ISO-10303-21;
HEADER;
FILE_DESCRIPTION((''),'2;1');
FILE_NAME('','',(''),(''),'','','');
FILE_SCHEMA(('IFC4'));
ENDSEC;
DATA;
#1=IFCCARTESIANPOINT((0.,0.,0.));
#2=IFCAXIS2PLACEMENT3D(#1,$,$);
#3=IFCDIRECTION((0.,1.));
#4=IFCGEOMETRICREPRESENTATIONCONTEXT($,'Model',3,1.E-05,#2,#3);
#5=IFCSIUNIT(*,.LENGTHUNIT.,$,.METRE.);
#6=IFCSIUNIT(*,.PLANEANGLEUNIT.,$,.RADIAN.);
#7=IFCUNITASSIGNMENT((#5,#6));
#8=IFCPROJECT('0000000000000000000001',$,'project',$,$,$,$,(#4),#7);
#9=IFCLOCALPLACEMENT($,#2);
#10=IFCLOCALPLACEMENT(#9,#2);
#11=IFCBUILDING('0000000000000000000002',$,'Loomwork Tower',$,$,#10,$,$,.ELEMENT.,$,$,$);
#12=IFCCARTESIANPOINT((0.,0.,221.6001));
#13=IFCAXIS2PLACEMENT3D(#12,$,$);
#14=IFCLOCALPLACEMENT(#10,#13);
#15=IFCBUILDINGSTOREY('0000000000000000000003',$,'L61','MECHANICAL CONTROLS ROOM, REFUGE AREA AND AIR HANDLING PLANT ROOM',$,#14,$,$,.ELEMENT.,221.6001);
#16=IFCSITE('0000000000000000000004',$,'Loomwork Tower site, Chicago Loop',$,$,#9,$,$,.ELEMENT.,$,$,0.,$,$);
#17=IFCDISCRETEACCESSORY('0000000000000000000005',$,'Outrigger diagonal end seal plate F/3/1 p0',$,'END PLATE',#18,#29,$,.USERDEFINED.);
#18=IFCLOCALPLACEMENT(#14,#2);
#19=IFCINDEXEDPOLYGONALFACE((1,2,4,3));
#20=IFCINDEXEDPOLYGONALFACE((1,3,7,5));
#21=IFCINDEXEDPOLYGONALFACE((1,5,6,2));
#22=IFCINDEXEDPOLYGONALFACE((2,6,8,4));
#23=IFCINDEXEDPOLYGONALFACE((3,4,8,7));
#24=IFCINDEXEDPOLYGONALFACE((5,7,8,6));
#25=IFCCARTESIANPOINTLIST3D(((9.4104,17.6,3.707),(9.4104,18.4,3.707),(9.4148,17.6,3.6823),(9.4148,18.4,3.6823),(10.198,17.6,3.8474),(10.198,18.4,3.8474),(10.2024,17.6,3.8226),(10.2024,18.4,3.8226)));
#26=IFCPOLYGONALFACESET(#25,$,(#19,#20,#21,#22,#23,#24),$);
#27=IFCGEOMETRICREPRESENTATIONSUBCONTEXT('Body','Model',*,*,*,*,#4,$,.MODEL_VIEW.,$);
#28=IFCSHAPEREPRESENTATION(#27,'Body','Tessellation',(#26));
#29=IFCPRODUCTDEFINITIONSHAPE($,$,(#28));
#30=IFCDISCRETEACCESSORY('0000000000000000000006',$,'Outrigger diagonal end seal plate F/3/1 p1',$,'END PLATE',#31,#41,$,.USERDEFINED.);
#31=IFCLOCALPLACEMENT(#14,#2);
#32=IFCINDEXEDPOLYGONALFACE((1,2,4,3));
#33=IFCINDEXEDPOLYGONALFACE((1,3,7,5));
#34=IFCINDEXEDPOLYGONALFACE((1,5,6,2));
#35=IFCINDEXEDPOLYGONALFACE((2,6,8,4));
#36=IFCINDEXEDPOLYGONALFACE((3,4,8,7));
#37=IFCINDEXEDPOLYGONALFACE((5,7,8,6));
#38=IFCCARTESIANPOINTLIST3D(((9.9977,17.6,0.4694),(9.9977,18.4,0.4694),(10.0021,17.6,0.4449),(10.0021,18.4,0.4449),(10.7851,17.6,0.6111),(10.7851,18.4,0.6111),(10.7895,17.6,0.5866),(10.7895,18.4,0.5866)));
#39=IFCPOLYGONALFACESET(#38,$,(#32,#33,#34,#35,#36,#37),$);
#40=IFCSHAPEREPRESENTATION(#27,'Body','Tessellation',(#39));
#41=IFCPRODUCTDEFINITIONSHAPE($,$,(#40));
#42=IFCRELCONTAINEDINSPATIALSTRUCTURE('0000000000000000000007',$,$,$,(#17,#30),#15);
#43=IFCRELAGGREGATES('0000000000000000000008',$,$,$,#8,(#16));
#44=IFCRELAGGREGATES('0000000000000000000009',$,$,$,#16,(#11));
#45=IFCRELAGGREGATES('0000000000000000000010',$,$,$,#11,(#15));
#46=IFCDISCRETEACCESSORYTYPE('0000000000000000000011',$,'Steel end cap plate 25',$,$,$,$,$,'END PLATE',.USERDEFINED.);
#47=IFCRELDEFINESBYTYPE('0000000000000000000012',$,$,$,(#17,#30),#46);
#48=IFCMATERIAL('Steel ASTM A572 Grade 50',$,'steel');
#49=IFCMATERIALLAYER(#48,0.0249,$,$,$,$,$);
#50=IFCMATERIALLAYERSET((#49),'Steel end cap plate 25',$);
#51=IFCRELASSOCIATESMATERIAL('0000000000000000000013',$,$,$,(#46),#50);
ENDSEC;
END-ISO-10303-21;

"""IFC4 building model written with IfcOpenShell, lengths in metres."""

from ifc_helpers import new_model, si_unit, direction, frame, origin, origin_2d, place, context, subcontext, project, spatial, rectangle, extrude, material, layer, layer_set, type_object, element, save


model = new_model("IFC4")

# Units and contexts
model_context = context("Model", 3, precision=1e-05, world=origin(), true_north=direction((0.0, 1.0)))
body_context = subcontext(model_context, "Body", "Model", "MODEL_VIEW")
ifc_project = project(units=[si_unit("LENGTHUNIT", "METRE"), si_unit("PLANEANGLEUNIT", "RADIAN")], contexts=[model_context])

# Site, building, storey
site_placement = place(None, origin())
site = spatial("IfcSite", under=ifc_project, at=site_placement, Name="Loomwork Tower site, Chicago Loop", CompositionType="ELEMENT", RefElevation=0.0)
building_placement = place(site_placement, origin())
building = spatial("IfcBuilding", under=site, at=building_placement, Name="Loomwork Tower", CompositionType="ELEMENT")
storey_placement = place(building_placement, frame((0.0, 0.0, 221.6001)))
storey = spatial("IfcBuildingStorey", under=building, at=storey_placement, Name="L61", Description="MECHANICAL CONTROLS ROOM, REFUGE AREA AND AIR HANDLING PLANT ROOM", CompositionType="ELEMENT", Elevation=221.6001)

# Discrete accessories
ifc_material_1 = material(Name="Steel ASTM A572 Grade 50", Category="steel")
ifc_layer_1 = layer(ifc_material_1, 0.0249)
ifc_layer_set_1 = layer_set([ifc_layer_1], Name="Steel end cap plate 25")
discrete_accessory_type_1 = type_object("IfcDiscreteAccessoryType", Name="Steel end cap plate 25", ElementType="END PLATE", PredefinedType="USERDEFINED", material=ifc_layer_set_1)
discrete_accessory_1_placement = place(storey_placement, frame((9.8086, 18.0, 3.7524), z_axis=(-0.175453, 0.0, 0.984488), x_axis=(0.0, -1.0, 0.0)))
element("IfcDiscreteAccessory", 1, at=discrete_accessory_1_placement, inside=storey, type_object=discrete_accessory_type_1, Name="Outrigger diagonal end seal plate F/3/1 p0", ObjectType="END PLATE", PredefinedType="USERDEFINED", context=body_context, shape_type="SweptSolid", body=[
    extrude(rectangle(XDim=0.8, YDim=0.8, at=origin_2d()), origin(), (0.0, 0.0, 1.0), 0.0251),
])
discrete_accessory_2_placement = place(storey_placement, frame((10.3914, 18.0, 0.5403), z_axis=(0.177153, 0.0, -0.984183), x_axis=(0.0, 1.0, 0.0)))
element("IfcDiscreteAccessory", 2, at=discrete_accessory_2_placement, inside=storey, type_object=discrete_accessory_type_1, Name="Outrigger diagonal end seal plate F/3/1 p1", ObjectType="END PLATE", PredefinedType="USERDEFINED", context=body_context, shape_type="SweptSolid", body=[
    extrude(rectangle(XDim=0.8, YDim=0.8, at=origin_2d()), origin(), (0.0, 0.0, 1.0), 0.0249),
])

save(model, "model.ifc")
